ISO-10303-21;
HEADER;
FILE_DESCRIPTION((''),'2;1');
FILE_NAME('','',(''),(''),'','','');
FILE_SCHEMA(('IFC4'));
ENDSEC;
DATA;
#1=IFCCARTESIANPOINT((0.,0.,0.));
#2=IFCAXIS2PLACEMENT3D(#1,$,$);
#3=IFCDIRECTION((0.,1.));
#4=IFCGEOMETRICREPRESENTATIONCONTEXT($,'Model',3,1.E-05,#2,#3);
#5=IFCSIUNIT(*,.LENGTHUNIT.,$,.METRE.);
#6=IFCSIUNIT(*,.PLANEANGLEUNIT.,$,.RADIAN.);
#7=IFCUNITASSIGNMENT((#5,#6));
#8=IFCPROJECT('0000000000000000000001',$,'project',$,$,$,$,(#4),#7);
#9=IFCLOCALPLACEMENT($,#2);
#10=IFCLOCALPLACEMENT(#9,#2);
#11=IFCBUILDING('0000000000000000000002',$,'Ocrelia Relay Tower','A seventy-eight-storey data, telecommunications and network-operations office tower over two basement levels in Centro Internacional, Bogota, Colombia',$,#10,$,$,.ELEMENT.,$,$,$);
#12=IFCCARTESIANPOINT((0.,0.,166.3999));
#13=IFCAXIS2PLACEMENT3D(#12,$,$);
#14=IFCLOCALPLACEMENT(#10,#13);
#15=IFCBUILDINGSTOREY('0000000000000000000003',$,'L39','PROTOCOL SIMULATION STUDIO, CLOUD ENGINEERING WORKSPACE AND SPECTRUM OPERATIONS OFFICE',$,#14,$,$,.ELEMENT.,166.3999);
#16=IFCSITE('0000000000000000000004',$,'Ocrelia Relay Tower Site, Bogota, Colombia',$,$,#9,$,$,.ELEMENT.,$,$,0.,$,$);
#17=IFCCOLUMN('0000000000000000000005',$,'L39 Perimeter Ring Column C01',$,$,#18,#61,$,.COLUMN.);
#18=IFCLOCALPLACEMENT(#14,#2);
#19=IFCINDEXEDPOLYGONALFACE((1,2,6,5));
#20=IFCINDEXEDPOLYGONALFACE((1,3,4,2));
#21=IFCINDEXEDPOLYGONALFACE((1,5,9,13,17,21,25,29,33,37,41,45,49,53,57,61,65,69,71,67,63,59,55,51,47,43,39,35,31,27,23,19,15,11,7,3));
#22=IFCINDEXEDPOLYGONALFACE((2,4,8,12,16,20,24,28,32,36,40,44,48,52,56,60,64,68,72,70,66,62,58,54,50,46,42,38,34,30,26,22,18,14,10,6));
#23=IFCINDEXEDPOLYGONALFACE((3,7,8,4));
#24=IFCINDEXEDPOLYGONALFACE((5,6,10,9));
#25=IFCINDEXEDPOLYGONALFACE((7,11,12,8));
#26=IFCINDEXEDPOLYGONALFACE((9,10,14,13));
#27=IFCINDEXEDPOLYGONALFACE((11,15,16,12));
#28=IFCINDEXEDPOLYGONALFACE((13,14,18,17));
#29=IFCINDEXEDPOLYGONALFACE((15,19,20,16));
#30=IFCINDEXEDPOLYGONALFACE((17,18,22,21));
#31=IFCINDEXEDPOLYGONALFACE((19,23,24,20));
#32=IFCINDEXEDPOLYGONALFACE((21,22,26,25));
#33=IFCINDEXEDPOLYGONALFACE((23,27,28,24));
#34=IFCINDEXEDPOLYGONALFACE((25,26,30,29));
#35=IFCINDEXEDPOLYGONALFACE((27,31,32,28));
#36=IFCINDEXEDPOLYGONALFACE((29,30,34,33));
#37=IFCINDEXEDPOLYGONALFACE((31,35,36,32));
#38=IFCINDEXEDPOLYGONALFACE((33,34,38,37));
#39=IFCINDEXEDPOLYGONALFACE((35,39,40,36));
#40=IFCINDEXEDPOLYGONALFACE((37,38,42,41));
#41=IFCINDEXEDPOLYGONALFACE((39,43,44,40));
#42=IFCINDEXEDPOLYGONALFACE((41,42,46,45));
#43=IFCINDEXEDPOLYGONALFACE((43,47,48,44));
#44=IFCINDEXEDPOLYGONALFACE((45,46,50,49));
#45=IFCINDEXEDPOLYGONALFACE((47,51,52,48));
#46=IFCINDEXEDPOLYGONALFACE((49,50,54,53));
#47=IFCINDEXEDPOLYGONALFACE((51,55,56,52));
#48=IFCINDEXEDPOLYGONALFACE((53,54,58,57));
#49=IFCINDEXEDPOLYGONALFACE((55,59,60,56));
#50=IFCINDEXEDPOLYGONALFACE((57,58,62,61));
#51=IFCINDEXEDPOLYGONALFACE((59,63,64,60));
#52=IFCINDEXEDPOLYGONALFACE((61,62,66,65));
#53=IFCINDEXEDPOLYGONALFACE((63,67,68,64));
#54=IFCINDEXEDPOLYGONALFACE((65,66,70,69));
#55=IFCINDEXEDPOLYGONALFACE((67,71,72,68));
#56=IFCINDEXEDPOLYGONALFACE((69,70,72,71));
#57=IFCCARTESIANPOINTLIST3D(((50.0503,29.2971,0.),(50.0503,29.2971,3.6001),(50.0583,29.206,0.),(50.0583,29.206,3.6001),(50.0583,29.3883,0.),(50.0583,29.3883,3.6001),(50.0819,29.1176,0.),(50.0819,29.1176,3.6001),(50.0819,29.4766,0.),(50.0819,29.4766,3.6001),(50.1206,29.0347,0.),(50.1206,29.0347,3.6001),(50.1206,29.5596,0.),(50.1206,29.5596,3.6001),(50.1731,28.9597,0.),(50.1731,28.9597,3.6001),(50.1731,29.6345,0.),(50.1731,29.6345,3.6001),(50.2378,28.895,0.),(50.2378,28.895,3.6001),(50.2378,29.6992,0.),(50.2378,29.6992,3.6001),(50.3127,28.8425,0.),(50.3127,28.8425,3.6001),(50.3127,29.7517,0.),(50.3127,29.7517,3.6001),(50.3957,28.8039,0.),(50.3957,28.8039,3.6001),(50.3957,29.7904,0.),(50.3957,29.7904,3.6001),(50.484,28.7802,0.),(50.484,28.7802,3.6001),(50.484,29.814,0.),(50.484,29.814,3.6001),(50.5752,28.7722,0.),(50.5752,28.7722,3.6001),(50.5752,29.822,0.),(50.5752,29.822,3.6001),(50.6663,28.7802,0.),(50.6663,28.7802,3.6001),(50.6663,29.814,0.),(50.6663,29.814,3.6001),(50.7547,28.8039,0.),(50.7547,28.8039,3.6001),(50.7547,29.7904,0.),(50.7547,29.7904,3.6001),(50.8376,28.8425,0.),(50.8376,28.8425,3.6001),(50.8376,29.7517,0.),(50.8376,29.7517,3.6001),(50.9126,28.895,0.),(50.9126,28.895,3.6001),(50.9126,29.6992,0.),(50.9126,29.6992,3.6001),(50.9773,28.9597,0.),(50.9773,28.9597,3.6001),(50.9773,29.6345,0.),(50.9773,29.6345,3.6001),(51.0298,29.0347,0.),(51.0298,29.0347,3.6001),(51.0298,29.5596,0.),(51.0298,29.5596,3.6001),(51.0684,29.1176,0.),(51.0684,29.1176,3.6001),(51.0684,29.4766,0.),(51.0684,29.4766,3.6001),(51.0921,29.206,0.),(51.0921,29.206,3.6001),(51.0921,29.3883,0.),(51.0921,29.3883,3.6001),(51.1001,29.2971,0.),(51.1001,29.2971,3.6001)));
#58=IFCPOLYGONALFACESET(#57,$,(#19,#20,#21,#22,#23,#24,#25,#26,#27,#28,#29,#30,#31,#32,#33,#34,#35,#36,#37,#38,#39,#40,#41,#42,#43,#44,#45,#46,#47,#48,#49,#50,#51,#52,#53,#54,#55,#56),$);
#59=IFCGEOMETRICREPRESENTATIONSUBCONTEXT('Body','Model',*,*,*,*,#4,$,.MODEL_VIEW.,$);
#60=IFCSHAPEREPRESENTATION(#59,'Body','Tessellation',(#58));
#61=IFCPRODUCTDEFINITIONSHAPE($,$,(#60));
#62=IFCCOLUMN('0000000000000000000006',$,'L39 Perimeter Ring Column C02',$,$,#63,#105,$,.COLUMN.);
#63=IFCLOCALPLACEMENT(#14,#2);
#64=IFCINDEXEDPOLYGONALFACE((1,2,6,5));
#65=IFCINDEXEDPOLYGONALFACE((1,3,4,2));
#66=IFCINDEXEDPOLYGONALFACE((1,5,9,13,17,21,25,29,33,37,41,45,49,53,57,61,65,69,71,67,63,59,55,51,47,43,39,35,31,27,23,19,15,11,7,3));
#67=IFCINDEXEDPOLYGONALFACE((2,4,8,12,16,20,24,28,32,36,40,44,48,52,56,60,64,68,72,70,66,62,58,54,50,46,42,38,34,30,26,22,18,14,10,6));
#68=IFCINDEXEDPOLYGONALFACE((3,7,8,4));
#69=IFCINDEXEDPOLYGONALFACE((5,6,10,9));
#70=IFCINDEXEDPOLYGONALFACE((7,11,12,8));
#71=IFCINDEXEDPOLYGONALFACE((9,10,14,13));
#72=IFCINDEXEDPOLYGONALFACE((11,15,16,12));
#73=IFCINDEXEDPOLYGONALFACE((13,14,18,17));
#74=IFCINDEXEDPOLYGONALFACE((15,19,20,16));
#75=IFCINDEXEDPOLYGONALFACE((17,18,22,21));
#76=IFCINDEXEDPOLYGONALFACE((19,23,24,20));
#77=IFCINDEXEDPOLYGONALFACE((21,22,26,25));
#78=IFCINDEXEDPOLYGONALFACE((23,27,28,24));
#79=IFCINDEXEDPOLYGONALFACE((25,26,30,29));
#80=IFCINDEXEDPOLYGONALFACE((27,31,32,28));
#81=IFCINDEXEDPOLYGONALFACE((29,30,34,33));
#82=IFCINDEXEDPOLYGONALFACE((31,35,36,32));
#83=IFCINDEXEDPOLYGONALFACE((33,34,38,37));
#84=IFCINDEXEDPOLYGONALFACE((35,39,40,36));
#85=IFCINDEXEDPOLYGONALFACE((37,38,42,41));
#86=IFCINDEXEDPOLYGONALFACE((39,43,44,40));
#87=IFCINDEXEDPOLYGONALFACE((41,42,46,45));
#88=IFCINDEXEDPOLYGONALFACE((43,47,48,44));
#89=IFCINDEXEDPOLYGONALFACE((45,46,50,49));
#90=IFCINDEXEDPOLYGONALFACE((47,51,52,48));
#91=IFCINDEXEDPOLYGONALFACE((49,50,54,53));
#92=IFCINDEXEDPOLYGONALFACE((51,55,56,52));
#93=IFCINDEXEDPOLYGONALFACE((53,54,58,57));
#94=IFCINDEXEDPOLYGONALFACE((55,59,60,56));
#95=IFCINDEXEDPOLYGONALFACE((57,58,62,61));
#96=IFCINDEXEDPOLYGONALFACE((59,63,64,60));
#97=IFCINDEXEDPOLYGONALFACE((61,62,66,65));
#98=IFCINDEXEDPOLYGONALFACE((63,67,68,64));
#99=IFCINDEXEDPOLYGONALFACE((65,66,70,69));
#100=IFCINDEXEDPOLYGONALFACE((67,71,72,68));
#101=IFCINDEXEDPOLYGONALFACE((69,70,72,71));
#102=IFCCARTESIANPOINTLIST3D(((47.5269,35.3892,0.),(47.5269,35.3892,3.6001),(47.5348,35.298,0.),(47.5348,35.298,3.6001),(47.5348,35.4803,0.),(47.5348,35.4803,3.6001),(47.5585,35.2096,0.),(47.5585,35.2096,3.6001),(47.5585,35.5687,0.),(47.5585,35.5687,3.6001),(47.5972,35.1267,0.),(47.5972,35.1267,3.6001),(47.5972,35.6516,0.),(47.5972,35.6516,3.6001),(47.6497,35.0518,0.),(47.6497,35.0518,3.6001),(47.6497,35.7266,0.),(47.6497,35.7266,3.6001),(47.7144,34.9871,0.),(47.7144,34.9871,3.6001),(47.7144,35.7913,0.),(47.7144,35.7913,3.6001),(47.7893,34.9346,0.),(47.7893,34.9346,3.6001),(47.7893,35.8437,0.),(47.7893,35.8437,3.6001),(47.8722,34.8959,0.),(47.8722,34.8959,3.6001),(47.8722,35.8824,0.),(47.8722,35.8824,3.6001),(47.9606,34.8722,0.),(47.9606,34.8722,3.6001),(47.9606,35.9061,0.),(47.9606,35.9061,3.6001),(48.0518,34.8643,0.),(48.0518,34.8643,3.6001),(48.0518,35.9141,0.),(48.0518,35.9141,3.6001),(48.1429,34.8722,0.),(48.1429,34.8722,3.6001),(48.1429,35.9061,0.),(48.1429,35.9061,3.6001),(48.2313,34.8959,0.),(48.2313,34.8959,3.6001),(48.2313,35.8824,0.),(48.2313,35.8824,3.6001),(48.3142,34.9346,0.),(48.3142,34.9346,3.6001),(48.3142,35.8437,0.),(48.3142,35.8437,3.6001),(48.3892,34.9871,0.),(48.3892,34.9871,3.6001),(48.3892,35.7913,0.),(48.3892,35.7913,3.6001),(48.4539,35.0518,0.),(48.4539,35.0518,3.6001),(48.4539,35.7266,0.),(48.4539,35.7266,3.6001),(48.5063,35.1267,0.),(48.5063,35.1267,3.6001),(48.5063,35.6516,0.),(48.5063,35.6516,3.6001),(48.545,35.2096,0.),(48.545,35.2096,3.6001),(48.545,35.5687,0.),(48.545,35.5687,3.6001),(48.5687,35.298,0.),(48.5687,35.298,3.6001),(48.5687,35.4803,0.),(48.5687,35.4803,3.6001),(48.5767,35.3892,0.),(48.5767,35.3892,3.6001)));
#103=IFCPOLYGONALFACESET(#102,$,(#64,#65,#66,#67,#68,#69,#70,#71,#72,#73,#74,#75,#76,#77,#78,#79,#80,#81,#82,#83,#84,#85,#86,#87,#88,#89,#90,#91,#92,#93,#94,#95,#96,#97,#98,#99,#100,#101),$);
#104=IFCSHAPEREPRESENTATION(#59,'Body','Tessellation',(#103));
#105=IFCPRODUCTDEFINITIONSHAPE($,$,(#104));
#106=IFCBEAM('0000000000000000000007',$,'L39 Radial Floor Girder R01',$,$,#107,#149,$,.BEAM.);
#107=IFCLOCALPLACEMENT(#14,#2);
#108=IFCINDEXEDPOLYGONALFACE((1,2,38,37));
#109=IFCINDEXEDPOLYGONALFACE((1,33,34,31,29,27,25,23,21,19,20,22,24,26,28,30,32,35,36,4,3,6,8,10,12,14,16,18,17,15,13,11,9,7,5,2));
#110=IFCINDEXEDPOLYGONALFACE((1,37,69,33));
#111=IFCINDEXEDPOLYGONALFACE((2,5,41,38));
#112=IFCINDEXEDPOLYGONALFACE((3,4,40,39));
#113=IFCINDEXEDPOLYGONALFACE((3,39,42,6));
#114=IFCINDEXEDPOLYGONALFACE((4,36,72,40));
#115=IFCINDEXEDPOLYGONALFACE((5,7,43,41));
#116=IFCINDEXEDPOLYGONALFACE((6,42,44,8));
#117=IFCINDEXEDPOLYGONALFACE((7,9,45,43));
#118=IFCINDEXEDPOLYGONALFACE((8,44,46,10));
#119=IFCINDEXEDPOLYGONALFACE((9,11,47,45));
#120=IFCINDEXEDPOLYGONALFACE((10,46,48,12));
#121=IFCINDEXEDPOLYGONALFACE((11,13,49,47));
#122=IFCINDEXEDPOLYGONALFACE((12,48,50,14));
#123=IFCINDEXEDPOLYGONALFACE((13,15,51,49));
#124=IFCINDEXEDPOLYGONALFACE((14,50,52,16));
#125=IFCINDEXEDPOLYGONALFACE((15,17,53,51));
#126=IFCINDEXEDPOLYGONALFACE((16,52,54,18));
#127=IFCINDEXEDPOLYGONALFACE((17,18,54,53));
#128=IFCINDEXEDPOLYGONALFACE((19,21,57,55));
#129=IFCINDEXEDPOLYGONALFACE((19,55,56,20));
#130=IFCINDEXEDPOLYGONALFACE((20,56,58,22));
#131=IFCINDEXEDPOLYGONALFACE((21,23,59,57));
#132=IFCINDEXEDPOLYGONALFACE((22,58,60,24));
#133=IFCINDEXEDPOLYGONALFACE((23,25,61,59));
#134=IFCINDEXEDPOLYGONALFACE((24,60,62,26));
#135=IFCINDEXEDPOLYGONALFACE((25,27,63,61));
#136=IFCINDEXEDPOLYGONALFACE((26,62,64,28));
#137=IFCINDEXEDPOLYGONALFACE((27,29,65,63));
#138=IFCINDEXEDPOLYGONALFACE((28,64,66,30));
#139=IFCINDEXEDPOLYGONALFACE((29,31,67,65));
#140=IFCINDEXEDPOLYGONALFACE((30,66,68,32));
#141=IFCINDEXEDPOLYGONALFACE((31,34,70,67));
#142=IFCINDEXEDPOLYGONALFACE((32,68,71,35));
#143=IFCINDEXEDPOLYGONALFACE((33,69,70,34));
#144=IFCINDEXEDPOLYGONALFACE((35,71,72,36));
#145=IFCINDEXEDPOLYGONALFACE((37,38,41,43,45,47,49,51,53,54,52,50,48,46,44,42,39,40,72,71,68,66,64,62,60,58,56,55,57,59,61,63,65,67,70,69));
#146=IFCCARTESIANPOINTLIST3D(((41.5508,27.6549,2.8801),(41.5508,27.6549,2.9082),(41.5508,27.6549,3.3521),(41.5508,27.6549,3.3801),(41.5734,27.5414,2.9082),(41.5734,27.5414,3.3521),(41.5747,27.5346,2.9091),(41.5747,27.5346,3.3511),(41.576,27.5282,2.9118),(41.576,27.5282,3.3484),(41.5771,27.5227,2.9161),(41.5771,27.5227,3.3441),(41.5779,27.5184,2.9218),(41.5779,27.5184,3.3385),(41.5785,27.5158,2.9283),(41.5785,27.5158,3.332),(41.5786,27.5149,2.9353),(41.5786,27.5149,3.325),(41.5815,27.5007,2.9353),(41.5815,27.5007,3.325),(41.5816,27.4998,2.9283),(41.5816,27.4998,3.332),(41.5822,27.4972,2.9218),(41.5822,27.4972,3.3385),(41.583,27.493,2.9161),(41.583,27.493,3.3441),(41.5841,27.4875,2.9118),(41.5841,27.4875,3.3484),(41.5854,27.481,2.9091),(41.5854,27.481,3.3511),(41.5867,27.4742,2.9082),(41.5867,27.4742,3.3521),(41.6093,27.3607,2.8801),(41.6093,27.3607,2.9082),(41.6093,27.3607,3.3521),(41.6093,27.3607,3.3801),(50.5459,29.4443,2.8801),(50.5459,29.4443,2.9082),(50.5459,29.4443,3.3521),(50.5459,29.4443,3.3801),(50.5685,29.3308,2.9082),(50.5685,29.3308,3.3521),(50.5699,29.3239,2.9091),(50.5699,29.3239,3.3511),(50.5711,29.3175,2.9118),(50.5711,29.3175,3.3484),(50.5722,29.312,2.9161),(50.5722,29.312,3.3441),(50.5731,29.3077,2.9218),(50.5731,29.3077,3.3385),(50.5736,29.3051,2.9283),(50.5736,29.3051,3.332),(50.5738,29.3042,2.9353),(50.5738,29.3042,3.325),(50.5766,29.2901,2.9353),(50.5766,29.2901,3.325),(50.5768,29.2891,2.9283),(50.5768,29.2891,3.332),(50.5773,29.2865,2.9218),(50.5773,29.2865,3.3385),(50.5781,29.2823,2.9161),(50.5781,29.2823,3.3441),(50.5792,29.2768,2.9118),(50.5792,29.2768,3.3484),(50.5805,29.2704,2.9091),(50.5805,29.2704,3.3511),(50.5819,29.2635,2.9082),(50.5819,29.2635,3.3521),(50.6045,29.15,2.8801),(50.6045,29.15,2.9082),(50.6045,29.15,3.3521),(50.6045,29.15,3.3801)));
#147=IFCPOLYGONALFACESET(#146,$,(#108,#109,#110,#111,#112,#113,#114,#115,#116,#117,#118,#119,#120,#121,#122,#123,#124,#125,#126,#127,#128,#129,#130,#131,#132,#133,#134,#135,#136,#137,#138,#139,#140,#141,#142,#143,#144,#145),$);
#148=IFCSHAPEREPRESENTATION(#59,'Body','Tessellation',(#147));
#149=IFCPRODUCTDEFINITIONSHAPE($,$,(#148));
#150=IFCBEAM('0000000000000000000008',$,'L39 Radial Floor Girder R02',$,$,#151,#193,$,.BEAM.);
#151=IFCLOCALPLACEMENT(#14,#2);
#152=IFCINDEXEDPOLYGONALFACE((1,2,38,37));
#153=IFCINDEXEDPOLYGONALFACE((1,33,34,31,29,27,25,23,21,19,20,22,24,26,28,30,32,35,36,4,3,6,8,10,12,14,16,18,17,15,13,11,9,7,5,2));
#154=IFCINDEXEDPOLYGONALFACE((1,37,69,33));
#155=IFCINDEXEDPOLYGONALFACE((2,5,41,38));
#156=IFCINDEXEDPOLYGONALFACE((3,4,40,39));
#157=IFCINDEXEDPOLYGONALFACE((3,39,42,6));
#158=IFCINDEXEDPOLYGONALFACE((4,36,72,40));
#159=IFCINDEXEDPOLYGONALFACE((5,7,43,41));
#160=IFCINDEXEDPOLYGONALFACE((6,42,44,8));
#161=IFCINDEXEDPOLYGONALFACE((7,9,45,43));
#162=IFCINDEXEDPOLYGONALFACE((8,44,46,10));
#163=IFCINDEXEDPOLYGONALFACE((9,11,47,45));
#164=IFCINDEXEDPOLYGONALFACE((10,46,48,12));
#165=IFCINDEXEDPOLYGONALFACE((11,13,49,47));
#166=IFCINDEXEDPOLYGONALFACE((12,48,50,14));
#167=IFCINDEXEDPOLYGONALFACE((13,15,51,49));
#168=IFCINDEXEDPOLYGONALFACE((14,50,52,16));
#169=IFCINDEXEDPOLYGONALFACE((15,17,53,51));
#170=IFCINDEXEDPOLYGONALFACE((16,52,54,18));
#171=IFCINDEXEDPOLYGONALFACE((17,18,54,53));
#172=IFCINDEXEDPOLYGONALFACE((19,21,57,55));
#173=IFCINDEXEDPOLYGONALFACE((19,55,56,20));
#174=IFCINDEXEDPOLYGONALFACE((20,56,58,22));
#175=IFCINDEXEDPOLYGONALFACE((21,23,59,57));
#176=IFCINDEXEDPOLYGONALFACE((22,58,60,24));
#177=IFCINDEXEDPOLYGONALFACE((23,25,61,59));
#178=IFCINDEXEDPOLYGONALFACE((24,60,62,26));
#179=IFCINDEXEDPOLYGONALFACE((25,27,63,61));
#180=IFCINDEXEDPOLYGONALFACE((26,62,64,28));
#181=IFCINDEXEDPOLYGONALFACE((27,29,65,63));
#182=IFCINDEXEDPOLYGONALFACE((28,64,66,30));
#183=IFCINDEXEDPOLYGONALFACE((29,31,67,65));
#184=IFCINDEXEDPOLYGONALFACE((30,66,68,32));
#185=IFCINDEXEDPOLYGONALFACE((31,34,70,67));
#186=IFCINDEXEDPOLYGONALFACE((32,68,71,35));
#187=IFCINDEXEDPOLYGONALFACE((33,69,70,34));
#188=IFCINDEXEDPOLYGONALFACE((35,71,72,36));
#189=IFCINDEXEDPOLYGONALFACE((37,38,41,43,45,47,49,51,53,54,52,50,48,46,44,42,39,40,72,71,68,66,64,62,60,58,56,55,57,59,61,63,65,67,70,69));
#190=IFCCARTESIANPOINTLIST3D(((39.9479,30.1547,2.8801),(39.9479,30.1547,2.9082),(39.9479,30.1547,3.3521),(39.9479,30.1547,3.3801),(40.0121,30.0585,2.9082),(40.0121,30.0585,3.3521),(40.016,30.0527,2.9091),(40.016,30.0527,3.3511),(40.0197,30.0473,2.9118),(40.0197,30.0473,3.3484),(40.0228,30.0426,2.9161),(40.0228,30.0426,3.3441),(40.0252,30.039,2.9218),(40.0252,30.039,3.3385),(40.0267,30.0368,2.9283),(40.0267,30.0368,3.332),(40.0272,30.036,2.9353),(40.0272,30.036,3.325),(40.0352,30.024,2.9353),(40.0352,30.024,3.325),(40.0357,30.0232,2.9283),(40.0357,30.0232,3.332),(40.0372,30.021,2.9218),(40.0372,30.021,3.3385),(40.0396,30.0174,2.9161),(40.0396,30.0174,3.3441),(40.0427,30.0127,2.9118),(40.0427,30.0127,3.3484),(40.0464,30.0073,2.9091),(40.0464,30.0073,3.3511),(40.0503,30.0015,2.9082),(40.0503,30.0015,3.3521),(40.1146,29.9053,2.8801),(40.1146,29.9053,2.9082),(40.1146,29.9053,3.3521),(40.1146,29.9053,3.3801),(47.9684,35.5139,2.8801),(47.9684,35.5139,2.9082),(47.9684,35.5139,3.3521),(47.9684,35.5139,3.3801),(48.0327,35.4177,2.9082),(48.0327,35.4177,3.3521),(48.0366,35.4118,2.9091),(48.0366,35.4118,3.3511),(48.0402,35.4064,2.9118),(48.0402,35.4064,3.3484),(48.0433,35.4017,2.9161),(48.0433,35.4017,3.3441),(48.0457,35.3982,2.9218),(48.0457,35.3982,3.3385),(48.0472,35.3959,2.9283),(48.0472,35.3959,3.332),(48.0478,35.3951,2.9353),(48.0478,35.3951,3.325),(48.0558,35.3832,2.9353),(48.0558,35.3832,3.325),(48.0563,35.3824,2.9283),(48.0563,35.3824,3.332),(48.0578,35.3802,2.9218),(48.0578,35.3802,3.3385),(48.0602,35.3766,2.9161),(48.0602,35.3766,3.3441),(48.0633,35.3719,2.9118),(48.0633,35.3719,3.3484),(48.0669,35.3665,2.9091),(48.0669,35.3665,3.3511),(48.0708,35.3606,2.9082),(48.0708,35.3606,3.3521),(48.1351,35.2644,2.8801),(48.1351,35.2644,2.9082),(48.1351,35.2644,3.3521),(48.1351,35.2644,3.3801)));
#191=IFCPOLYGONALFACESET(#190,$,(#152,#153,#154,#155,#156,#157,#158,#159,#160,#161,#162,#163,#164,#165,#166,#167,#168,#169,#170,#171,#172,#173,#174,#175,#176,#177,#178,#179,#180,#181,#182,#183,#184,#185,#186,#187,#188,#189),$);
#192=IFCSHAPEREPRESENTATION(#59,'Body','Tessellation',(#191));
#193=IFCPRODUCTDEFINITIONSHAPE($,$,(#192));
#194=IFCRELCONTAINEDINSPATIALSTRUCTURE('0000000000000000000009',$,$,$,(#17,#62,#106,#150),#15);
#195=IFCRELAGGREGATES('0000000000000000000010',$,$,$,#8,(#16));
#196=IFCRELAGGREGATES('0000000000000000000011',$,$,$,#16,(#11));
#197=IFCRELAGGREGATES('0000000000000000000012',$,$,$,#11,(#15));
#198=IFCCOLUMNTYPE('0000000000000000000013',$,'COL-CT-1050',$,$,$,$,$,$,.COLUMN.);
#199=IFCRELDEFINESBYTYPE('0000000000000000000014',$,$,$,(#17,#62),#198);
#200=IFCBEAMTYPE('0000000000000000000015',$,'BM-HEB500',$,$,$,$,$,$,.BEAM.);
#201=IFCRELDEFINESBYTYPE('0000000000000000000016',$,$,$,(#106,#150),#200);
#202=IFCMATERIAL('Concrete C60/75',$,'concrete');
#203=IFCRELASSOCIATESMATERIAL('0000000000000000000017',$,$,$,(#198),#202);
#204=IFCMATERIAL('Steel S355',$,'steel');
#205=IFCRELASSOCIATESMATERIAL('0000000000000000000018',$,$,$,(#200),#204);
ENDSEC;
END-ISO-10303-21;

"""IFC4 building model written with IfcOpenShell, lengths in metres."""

from ifc_helpers import new_model, si_unit, direction, frame, origin, origin_2d, place, context, subcontext, project, spatial, circle, i_section, extrude, material, material_profile, profile_set, type_object, element, save


model = new_model("IFC4")

# Units and contexts
model_context = context("Model", 3, precision=1e-05, world=origin(), true_north=direction((0.0, 1.0)))
body_context = subcontext(model_context, "Body", "Model", "MODEL_VIEW")
ifc_project = project(units=[si_unit("LENGTHUNIT", "METRE"), si_unit("PLANEANGLEUNIT", "RADIAN")], contexts=[model_context])

# Site, building, storey
site_placement = place(None, origin())
site = spatial("IfcSite", under=ifc_project, at=site_placement, Name="Ocrelia Relay Tower Site, Bogota, Colombia", CompositionType="ELEMENT", RefElevation=0.0)
building_placement = place(site_placement, origin())
building = spatial("IfcBuilding", under=site, at=building_placement, Name="Ocrelia Relay Tower", Description="A seventy-eight-storey data, telecommunications and network-operations office tower over two basement levels in Centro Internacional, Bogota, Colombia", CompositionType="ELEMENT")
storey_placement = place(building_placement, frame((0.0, 0.0, 166.3999)))
storey = spatial("IfcBuildingStorey", under=building, at=storey_placement, Name="L39", Description="PROTOCOL SIMULATION STUDIO, CLOUD ENGINEERING WORKSPACE AND SPECTRUM OPERATIONS OFFICE", CompositionType="ELEMENT", Elevation=166.3999)

# Columns
ifc_material_1 = material(Name="Concrete C60/75", Category="concrete")
ifc_material_profile_1 = material_profile(ifc_material_1, circle(Radius=0.5249, at=origin_2d()), Name="RC-CIR-1050")
ifc_profile_set_1 = profile_set([ifc_material_profile_1], Name="Concrete C60/75")
column_type = type_object("IfcColumnType", Name="COL-CT-1050", PredefinedType="COLUMN", material=ifc_profile_set_1)
for number, where, z_axis, x_axis, name in (
    (1, (50.5752, 29.2971, 0.0), (0.0, 0.0, 1.0), (1.0, 0.0, 0.0), "L39 Perimeter Ring Column C01"),
    (2, (48.0518, 35.3892, 0.0), (0.0, 0.0, 1.0), (1.0, 0.0, 0.0), "L39 Perimeter Ring Column C02"),
):
    element("IfcColumn", number, at=place(storey_placement, frame(where, z_axis=z_axis, x_axis=x_axis)), inside=storey, type_object=column_type, Name=name, PredefinedType="COLUMN", context=body_context, shape_type="SweptSolid", body=[
        extrude(circle(Radius=0.5249, at=origin_2d()), origin(), (0.0, 0.0, 1.0), 3.6001),
    ])

# Beams
ifc_material_2 = material(Name="Steel S355", Category="steel")
ifc_material_profile_2 = material_profile(ifc_material_2, i_section(OverallWidth=0.3, OverallDepth=0.5, WebThickness=0.0144, FlangeThickness=0.0281, FilletRadius=0.0271, at=origin_2d()), Name="HEB 500")
ifc_profile_set_2 = profile_set([ifc_material_profile_2], Name="Steel S355")
beam_type_1 = type_object("IfcBeamType", Name="BM-HEB500", PredefinedType="BEAM", material=ifc_profile_set_2)
beam_1_placement = place(storey_placement, frame((50.5752, 29.2971, 3.1301), z_axis=(-0.980784, -0.195097, 0.0), x_axis=(0.195097, -0.980784, 0.0)))
element("IfcBeam", 3, at=beam_1_placement, inside=storey, type_object=beam_type_1, Name="L39 Radial Floor Girder R01", PredefinedType="BEAM", context=body_context, shape_type="SweptSolid", body=[
    extrude(i_section(OverallWidth=0.3, OverallDepth=0.5, WebThickness=0.0144, FlangeThickness=0.0281, FilletRadius=0.0271, at=origin_2d()), origin(), (0.0, 0.0, 1.0), 9.1714),
])
beam_2_placement = place(storey_placement, frame((48.0518, 35.3892, 3.1301), z_axis=(-0.83147, -0.55557, 0.0), x_axis=(0.55557, -0.83147, 0.0)))
element("IfcBeam", 4, at=beam_2_placement, inside=storey, type_object=beam_type_1, Name="L39 Radial Floor Girder R02", PredefinedType="BEAM", context=body_context, shape_type="SweptSolid", body=[
    extrude(i_section(OverallWidth=0.3, OverallDepth=0.5, WebThickness=0.0144, FlangeThickness=0.0281, FilletRadius=0.0271, at=origin_2d()), origin(), (0.0, 0.0, 1.0), 9.6462),
])

save(model, "model.ifc")
